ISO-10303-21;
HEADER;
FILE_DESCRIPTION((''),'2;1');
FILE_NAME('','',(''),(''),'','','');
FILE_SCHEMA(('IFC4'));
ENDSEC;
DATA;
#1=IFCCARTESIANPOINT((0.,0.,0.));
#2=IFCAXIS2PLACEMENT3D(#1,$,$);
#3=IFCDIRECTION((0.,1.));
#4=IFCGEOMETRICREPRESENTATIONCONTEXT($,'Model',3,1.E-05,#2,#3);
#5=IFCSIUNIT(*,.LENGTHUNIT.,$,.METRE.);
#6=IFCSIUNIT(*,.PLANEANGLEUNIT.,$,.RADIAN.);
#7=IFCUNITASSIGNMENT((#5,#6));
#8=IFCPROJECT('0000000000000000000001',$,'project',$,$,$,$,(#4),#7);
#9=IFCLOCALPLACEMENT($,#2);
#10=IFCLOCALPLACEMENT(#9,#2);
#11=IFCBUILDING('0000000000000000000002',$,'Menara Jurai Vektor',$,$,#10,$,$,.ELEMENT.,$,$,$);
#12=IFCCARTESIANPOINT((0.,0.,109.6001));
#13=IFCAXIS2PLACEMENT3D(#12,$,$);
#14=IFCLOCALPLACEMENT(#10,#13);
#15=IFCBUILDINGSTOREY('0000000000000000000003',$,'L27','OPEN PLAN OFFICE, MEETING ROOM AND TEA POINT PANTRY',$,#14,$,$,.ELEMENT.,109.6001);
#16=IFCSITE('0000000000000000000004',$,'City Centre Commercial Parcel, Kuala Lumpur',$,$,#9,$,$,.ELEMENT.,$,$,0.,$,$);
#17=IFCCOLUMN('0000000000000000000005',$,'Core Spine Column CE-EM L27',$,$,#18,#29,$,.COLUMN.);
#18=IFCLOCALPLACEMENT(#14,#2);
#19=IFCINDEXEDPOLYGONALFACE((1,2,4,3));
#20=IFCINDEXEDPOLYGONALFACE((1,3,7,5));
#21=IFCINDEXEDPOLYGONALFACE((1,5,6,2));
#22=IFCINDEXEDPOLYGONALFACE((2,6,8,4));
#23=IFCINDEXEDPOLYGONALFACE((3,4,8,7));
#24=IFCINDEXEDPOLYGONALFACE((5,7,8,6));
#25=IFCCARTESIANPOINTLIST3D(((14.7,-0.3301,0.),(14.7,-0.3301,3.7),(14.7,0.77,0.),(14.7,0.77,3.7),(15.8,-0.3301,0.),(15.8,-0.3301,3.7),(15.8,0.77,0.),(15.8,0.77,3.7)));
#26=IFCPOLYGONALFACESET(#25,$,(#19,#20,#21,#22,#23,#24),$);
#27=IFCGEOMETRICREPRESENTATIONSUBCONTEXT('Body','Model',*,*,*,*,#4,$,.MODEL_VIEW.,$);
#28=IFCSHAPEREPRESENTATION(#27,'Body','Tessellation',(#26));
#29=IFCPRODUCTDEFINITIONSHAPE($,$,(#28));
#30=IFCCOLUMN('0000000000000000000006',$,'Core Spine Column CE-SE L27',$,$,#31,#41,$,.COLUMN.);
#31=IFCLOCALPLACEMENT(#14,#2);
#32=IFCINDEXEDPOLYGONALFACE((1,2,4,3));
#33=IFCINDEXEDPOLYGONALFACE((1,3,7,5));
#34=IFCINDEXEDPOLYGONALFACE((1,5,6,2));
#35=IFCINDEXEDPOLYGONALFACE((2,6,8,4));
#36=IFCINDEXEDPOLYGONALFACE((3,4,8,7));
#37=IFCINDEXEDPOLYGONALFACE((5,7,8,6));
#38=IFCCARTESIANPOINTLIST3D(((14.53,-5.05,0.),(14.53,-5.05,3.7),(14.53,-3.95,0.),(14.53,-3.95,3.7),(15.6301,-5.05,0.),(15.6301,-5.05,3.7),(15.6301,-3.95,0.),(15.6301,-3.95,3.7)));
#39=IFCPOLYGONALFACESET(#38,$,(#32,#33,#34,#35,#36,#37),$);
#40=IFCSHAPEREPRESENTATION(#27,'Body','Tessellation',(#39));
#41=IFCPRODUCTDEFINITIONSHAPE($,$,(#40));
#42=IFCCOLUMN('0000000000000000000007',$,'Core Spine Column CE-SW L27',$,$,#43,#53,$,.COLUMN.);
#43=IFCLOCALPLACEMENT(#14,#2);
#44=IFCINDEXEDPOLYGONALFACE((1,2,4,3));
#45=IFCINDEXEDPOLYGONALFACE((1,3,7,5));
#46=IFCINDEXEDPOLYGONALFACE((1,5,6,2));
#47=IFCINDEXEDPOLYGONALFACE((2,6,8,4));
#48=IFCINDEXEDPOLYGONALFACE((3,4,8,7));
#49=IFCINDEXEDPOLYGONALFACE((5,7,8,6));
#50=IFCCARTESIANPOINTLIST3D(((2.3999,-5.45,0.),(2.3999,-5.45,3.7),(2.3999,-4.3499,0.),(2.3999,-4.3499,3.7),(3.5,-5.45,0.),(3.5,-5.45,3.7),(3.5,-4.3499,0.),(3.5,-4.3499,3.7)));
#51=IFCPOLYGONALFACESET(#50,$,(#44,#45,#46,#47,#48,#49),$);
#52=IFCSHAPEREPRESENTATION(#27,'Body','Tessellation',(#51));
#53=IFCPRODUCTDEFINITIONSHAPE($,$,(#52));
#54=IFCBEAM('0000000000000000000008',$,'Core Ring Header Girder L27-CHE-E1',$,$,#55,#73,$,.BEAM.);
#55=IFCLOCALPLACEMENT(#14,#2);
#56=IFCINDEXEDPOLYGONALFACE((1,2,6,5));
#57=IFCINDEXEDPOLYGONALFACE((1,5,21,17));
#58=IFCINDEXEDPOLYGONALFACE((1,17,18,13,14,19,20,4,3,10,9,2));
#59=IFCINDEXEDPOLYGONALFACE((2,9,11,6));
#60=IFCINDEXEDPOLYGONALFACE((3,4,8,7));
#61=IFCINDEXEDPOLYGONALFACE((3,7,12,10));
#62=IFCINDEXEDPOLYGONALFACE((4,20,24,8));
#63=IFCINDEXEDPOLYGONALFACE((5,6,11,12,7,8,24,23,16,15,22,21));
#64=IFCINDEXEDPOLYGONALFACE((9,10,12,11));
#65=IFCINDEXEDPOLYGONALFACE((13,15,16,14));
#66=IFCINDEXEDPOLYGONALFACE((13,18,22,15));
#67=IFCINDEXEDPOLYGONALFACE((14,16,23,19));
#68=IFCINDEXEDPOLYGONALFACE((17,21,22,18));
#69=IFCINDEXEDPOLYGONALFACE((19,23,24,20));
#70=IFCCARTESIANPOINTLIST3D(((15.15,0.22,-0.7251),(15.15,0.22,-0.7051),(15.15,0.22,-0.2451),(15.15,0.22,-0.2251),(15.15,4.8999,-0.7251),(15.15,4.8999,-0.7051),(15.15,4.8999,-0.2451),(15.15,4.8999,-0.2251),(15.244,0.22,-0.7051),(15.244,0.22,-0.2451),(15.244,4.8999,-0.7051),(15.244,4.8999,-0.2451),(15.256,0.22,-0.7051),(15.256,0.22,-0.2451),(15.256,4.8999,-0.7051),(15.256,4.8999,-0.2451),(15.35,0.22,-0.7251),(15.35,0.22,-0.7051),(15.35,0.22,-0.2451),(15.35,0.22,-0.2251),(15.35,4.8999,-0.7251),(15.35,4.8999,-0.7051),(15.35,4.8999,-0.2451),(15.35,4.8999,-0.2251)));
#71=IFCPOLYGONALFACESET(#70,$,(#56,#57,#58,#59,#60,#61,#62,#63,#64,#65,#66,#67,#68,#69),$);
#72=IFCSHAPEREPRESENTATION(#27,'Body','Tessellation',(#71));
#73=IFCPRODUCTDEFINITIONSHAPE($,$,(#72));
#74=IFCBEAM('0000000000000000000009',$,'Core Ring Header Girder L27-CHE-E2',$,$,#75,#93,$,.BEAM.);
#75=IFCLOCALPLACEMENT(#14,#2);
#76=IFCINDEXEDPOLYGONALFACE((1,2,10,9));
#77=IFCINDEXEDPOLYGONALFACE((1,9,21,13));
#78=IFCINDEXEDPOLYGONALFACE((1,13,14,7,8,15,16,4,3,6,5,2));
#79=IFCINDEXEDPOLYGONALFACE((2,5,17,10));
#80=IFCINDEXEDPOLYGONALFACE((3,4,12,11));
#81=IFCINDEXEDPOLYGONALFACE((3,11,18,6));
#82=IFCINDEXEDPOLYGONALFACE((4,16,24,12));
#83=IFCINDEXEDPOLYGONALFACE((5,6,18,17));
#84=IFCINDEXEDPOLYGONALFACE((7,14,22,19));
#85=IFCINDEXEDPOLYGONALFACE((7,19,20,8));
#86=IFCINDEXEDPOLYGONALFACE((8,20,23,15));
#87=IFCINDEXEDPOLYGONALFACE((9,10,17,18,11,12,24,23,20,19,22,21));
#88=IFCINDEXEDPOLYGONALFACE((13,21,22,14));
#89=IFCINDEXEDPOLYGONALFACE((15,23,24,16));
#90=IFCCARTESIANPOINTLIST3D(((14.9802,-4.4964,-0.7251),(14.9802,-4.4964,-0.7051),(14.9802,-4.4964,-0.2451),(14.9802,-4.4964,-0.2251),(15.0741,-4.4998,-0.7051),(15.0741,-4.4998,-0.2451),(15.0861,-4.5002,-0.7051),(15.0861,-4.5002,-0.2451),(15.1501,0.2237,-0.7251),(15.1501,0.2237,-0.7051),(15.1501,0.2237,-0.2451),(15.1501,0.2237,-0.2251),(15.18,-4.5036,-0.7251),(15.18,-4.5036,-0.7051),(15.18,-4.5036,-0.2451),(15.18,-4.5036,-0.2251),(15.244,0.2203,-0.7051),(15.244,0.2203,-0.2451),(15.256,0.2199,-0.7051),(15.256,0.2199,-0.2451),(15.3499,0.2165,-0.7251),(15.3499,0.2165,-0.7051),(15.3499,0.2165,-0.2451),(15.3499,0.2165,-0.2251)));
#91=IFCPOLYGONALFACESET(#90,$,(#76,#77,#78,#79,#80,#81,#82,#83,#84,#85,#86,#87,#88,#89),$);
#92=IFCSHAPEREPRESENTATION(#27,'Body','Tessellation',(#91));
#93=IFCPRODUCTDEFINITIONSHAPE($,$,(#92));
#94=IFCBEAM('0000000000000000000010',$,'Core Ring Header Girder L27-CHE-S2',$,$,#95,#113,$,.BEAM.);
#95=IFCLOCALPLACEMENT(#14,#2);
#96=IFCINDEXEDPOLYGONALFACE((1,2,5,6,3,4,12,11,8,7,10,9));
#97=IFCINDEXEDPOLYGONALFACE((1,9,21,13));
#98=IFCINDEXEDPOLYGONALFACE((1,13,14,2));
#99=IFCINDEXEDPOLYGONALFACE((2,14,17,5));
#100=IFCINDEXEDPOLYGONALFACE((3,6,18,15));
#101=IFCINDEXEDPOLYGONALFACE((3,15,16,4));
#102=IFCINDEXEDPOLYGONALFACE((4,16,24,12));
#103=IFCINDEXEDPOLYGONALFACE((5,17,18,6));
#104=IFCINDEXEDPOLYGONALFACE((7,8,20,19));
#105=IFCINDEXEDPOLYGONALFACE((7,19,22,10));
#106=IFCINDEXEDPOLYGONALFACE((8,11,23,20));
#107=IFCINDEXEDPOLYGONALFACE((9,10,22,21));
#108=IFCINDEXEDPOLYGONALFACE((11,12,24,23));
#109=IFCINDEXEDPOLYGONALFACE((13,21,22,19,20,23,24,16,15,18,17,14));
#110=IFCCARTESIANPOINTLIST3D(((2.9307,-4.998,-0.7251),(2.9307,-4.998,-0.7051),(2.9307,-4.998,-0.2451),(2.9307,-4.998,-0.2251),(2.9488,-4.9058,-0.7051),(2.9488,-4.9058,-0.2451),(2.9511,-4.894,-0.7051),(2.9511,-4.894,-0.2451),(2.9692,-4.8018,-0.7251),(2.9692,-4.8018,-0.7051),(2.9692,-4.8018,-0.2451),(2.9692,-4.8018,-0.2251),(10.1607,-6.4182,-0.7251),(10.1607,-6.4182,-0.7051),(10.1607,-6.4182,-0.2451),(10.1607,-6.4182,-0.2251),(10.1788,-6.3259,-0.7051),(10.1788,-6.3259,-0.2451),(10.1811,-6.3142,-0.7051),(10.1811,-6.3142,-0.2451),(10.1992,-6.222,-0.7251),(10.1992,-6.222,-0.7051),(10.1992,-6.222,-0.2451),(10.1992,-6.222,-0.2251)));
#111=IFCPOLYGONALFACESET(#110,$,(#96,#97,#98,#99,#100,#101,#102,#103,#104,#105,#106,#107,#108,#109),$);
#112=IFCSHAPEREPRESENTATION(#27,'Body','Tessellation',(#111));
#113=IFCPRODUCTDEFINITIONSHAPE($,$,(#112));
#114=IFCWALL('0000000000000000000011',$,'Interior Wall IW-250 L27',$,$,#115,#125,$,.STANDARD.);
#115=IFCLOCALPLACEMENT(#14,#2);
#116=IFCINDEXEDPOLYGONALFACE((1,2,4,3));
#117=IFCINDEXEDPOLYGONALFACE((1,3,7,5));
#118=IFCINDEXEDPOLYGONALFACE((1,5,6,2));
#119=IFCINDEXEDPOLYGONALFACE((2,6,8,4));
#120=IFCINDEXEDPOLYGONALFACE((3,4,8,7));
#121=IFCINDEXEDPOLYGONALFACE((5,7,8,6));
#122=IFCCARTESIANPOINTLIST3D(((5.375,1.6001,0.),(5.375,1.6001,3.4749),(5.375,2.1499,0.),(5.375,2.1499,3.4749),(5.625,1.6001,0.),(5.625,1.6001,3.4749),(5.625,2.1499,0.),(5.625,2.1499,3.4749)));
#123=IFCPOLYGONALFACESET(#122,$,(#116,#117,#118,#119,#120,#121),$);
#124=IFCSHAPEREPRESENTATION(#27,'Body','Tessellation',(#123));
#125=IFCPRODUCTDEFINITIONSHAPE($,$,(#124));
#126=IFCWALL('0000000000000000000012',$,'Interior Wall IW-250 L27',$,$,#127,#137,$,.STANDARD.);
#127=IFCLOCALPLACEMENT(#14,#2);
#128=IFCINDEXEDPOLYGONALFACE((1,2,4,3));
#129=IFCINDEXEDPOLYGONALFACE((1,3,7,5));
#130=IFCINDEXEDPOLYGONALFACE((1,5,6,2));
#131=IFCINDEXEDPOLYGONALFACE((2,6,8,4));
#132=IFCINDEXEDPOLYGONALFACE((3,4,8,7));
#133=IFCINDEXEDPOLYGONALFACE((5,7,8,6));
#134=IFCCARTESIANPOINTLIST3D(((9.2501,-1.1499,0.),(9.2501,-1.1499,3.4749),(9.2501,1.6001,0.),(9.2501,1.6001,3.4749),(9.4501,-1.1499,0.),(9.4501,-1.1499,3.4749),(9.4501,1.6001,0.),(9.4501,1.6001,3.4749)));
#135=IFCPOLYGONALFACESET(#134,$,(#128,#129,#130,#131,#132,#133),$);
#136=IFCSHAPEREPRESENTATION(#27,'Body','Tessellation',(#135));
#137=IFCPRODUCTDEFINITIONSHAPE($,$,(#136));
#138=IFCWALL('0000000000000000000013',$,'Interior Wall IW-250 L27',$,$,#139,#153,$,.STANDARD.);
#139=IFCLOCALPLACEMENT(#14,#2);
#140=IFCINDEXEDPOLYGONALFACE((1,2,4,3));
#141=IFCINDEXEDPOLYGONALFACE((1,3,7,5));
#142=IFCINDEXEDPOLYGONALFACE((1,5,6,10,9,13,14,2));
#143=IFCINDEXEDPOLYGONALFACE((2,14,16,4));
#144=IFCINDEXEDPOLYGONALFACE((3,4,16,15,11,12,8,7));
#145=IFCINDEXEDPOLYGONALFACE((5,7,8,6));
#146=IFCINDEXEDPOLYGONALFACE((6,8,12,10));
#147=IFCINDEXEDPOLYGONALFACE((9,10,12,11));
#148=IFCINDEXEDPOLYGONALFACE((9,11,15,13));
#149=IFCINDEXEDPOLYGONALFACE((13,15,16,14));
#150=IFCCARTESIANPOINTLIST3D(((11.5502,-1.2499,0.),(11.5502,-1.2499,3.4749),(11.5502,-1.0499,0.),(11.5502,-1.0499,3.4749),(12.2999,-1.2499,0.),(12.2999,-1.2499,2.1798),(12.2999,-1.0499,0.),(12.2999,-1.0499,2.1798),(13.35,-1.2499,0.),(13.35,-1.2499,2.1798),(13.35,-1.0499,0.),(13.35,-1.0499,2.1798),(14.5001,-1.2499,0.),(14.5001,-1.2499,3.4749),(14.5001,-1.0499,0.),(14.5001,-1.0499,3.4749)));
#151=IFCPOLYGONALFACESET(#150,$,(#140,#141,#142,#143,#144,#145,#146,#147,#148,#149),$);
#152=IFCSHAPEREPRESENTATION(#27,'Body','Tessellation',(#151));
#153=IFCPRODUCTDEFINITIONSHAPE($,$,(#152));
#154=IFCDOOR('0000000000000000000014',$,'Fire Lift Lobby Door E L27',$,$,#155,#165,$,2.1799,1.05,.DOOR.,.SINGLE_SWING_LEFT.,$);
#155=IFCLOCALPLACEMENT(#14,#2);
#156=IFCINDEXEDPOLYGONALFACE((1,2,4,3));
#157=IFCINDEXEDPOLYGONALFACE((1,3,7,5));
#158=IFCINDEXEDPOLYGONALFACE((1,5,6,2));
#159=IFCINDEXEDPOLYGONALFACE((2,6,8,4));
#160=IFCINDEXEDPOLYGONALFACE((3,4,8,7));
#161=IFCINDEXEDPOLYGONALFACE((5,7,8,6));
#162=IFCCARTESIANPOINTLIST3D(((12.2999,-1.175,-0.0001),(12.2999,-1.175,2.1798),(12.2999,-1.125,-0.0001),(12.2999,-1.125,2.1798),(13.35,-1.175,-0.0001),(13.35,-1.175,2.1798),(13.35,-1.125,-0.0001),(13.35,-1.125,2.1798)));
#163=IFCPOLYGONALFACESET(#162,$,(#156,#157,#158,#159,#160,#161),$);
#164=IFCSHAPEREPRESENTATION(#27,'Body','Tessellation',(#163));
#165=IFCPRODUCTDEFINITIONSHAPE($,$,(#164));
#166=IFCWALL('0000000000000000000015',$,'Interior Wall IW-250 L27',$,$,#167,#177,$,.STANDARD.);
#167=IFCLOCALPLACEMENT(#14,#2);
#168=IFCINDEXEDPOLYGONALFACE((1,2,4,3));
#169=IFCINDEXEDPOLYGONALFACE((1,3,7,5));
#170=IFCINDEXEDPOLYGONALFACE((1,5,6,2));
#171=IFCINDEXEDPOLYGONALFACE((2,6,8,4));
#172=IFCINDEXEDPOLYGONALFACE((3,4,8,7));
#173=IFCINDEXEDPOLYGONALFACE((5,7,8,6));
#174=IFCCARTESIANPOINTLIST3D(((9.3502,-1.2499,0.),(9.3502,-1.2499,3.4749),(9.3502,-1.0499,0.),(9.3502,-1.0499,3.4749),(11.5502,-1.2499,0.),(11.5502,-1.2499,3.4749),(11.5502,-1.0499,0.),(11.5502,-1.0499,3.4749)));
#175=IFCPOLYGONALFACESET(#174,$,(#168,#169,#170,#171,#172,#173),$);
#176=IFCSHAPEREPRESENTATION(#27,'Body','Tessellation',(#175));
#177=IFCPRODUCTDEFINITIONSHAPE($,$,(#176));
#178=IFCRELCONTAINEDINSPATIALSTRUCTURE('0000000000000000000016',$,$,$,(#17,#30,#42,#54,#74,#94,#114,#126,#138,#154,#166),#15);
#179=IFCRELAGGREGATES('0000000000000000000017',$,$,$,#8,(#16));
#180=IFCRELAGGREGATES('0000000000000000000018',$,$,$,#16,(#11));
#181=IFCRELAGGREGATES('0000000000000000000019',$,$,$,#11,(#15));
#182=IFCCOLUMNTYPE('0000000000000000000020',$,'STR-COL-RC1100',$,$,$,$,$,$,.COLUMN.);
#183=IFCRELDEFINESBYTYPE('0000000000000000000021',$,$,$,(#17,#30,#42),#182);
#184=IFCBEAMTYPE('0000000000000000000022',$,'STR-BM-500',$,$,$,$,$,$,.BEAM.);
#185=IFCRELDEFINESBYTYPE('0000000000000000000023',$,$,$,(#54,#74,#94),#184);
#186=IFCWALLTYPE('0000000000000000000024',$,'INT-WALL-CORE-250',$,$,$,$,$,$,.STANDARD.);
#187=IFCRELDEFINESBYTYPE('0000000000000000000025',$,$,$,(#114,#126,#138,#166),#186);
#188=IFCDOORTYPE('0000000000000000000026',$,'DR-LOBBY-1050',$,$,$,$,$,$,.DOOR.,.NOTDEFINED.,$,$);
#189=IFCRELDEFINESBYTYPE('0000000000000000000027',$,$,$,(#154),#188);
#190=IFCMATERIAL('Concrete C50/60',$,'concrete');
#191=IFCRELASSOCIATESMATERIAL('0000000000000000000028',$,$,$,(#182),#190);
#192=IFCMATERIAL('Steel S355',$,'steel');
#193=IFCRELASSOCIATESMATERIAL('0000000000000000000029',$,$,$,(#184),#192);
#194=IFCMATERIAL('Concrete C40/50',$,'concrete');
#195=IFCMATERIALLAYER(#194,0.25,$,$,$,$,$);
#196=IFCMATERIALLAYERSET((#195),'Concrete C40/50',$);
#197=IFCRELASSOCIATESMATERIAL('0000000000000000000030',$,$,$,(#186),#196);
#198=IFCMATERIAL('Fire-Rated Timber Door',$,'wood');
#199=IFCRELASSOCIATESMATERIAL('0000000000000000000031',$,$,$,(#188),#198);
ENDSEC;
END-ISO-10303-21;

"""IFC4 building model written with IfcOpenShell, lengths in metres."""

from ifc_helpers import new_model, si_unit, direction, frame, frame_2d, origin, origin_2d, place, context, subcontext, project, spatial, rectangle, i_section, extrude, material, layer, layer_set, material_profile, profile_set, type_object, element, fill, save


model = new_model("IFC4")

# Units and contexts
model_context = context("Model", 3, precision=1e-05, world=origin(), true_north=direction((0.0, 1.0)))
body_context = subcontext(model_context, "Body", "Model", "MODEL_VIEW")
ifc_project = project(units=[si_unit("LENGTHUNIT", "METRE"), si_unit("PLANEANGLEUNIT", "RADIAN")], contexts=[model_context])

# Site, building, storey
site_placement = place(None, origin())
site = spatial("IfcSite", under=ifc_project, at=site_placement, Name="City Centre Commercial Parcel, Kuala Lumpur", CompositionType="ELEMENT", RefElevation=0.0)
building_placement = place(site_placement, origin())
building = spatial("IfcBuilding", under=site, at=building_placement, Name="Menara Jurai Vektor", CompositionType="ELEMENT")
storey_placement = place(building_placement, frame((0.0, 0.0, 109.6001)))
storey = spatial("IfcBuildingStorey", under=building, at=storey_placement, Name="L27", Description="OPEN PLAN OFFICE, MEETING ROOM AND TEA POINT PANTRY", CompositionType="ELEMENT", Elevation=109.6001)

# Columns
ifc_material_1 = material(Name="Concrete C50/60", Category="concrete")
ifc_material_profile_1 = material_profile(ifc_material_1, rectangle(XDim=1.1001, YDim=1.1001, at=origin_2d()), Name="RC 1100x1100")
ifc_profile_set_1 = profile_set([ifc_material_profile_1], Name="Concrete C50/60")
column_type = type_object("IfcColumnType", Name="STR-COL-RC1100", PredefinedType="COLUMN", material=ifc_profile_set_1)
for number, where, z_axis, x_axis, name in (
    (1, (15.25, 0.22, 0.0), (0.0, 0.0, 1.0), (1.0, 0.0, 0.0), "Core Spine Column CE-EM L27"),
    (2, (15.0801, -4.5, 0.0), (0.0, 0.0, 1.0), (1.0, 0.0, 0.0), "Core Spine Column CE-SE L27"),
    (3, (2.95, -4.8999, 0.0), (0.0, 0.0, 1.0), (1.0, 0.0, 0.0), "Core Spine Column CE-SW L27"),
):
    element("IfcColumn", number, at=place(storey_placement, frame(where, z_axis=z_axis, x_axis=x_axis)), inside=storey, type_object=column_type, Name=name, PredefinedType="COLUMN", context=body_context, shape_type="SweptSolid", body=[
        extrude(rectangle(XDim=1.1001, YDim=1.1001, at=origin_2d()), origin(), (0.0, 0.0, 1.0), 3.7),
    ])

# Beams
ifc_material_2 = material(Name="Steel S355", Category="steel")
ifc_material_profile_2 = material_profile(ifc_material_2, i_section(OverallWidth=0.2, OverallDepth=0.5, WebThickness=0.012, FlangeThickness=0.02, at=origin_2d()), Name="PG 500x200x96")
ifc_profile_set_2 = profile_set([ifc_material_profile_2], Name="Steel S355")
beam_type = type_object("IfcBeamType", Name="STR-BM-500", PredefinedType="BEAM", material=ifc_profile_set_2)
beam_1_placement = place(storey_placement, frame((15.25, 0.22, -0.4751), z_axis=(0.0, 1.0, 0.0), x_axis=(-1.0, 0.0, 0.0)))
element("IfcBeam", 4, at=beam_1_placement, inside=storey, type_object=beam_type, Name="Core Ring Header Girder L27-CHE-E1", PredefinedType="BEAM", context=body_context, shape_type="SweptSolid", body=[
    extrude(i_section(OverallWidth=0.2, OverallDepth=0.5, WebThickness=0.012, FlangeThickness=0.02, at=origin_2d()), origin(), (0.0, 0.0, 1.0), 4.6799),
])
beam_2_placement = place(storey_placement, frame((15.0801, -4.5, -0.4751), z_axis=(0.035977, 0.999353, 0.0), x_axis=(-0.999353, 0.035977, 0.0)))
element("IfcBeam", 5, at=beam_2_placement, inside=storey, type_object=beam_type, Name="Core Ring Header Girder L27-CHE-E2", PredefinedType="BEAM", context=body_context, shape_type="SweptSolid", body=[
    extrude(i_section(OverallWidth=0.2, OverallDepth=0.5, WebThickness=0.012, FlangeThickness=0.02, at=origin_2d()), origin(), (0.0, 0.0, 1.0), 4.7231),
])
beam_3_placement = place(storey_placement, frame((2.95, -4.8999, -0.4751), z_axis=(0.981249, -0.192744, 0.0), x_axis=(0.192744, 0.981249, 0.0)))
element("IfcBeam", 6, at=beam_3_placement, inside=storey, type_object=beam_type, Name="Core Ring Header Girder L27-CHE-S2", PredefinedType="BEAM", context=body_context, shape_type="SweptSolid", body=[
    extrude(i_section(OverallWidth=0.2, OverallDepth=0.5, WebThickness=0.012, FlangeThickness=0.02, at=origin_2d()), origin(), (0.0, 0.0, 1.0), 7.3682),
])

# Wall
ifc_material_3 = material(Name="Concrete C40/50", Category="concrete")
ifc_layer_1 = layer(ifc_material_3, 0.25)
ifc_layer_set_1 = layer_set([ifc_layer_1], Name="Concrete C40/50")
wall_type_1 = type_object("IfcWallType", Name="INT-WALL-CORE-250", PredefinedType="STANDARD", material=ifc_layer_set_1)
wall_1_placement = place(storey_placement, frame((5.5, 1.6001, 0.0), z_axis=(0.0, 0.0, 1.0), x_axis=(0.0, 1.0, 0.0)))
element("IfcWall", 7, at=wall_1_placement, inside=storey, type_object=wall_type_1, Name="Interior Wall IW-250 L27", PredefinedType="STANDARD", context=body_context, shape_type="SweptSolid", body=[
    extrude(rectangle(XDim=0.5498, YDim=0.25, at=frame_2d((0.2749, 0.0))), origin(), (0.0, 0.0, 1.0), 3.4749),
])

# Wall
wall_2_placement = place(storey_placement, frame((9.3501, -1.1499, 0.0), z_axis=(0.0, 0.0, 1.0), x_axis=(0.0, 1.0, 0.0)))
element("IfcWall", 8, at=wall_2_placement, inside=storey, type_object=wall_type_1, Name="Interior Wall IW-250 L27", PredefinedType="STANDARD", context=body_context, shape_type="SweptSolid", body=[
    extrude(rectangle(XDim=2.75, YDim=0.2, at=frame_2d((1.375, 0.0))), origin(), (0.0, 0.0, 1.0), 3.4749),
])

# Wall, opening, door
wall_3_placement = place(storey_placement, frame((11.55, -1.1499, 0.0), z_axis=(0.0, 0.0, 1.0), x_axis=(1.0, 0.0, 0.0)))
wall_3 = element("IfcWall", 9, at=wall_3_placement, inside=storey, type_object=wall_type_1, Name="Interior Wall IW-250 L27", PredefinedType="STANDARD", context=body_context, shape_type="SweptSolid", body=[
    extrude(rectangle(XDim=2.95, YDim=0.2, at=frame_2d((1.4751, 0.0))), origin(), (0.0, 0.0, 1.0), 3.4749),
])
opening_1_placement = place(wall_3_placement, frame((0.75, 0.0, 0.0)))
opening_1 = element("IfcOpeningElement", 10, at=opening_1_placement, cuts=wall_3, PredefinedType="OPENING", context=body_context, shape_type="SweptSolid", body=[
    extrude(rectangle(XDim=1.05, YDim=2.1799, at=frame_2d((0.5249, 1.0898))), frame((0.0, 0.1099, 0.0), z_axis=(0.0, -1.0, 0.0), x_axis=(1.0, 0.0, 0.0)), (0.0, 0.0, 1.0), 0.22),
])
ifc_material_4 = material(Name="Fire-Rated Timber Door", Category="wood")
door_type_1 = type_object("IfcDoorType", Name="DR-LOBBY-1050", OperationType="NOTDEFINED", PredefinedType="DOOR", material=ifc_material_4)
door_1_placement = place(opening_1_placement, origin())
door_1 = element("IfcDoor", 11, at=door_1_placement, inside=storey, type_object=door_type_1, Name="Fire Lift Lobby Door E L27", OperationType="SINGLE_SWING_LEFT", OverallHeight=2.1799, OverallWidth=1.05, PredefinedType="DOOR", context=body_context, shape_type="SweptSolid", body=[
    extrude(rectangle(XDim=1.05, YDim=2.1799, at=frame_2d((0.5249, 1.0898))), frame((0.0, 0.0249, 0.0), z_axis=(0.0, -1.0, 0.0), x_axis=(1.0, 0.0, 0.0)), (0.0, 0.0, 1.0), 0.05),
])
fill(opening_1, door_1)

# Wall
wall_4_placement = place(storey_placement, frame((9.3501, -1.1499, 0.0), z_axis=(0.0, 0.0, 1.0), x_axis=(1.0, 0.0, 0.0)))
element("IfcWall", 12, at=wall_4_placement, inside=storey, type_object=wall_type_1, Name="Interior Wall IW-250 L27", PredefinedType="STANDARD", context=body_context, shape_type="SweptSolid", body=[
    extrude(rectangle(XDim=2.2, YDim=0.2, at=frame_2d((1.1001, 0.0))), origin(), (0.0, 0.0, 1.0), 3.4749),
])

save(model, "model.ifc")
